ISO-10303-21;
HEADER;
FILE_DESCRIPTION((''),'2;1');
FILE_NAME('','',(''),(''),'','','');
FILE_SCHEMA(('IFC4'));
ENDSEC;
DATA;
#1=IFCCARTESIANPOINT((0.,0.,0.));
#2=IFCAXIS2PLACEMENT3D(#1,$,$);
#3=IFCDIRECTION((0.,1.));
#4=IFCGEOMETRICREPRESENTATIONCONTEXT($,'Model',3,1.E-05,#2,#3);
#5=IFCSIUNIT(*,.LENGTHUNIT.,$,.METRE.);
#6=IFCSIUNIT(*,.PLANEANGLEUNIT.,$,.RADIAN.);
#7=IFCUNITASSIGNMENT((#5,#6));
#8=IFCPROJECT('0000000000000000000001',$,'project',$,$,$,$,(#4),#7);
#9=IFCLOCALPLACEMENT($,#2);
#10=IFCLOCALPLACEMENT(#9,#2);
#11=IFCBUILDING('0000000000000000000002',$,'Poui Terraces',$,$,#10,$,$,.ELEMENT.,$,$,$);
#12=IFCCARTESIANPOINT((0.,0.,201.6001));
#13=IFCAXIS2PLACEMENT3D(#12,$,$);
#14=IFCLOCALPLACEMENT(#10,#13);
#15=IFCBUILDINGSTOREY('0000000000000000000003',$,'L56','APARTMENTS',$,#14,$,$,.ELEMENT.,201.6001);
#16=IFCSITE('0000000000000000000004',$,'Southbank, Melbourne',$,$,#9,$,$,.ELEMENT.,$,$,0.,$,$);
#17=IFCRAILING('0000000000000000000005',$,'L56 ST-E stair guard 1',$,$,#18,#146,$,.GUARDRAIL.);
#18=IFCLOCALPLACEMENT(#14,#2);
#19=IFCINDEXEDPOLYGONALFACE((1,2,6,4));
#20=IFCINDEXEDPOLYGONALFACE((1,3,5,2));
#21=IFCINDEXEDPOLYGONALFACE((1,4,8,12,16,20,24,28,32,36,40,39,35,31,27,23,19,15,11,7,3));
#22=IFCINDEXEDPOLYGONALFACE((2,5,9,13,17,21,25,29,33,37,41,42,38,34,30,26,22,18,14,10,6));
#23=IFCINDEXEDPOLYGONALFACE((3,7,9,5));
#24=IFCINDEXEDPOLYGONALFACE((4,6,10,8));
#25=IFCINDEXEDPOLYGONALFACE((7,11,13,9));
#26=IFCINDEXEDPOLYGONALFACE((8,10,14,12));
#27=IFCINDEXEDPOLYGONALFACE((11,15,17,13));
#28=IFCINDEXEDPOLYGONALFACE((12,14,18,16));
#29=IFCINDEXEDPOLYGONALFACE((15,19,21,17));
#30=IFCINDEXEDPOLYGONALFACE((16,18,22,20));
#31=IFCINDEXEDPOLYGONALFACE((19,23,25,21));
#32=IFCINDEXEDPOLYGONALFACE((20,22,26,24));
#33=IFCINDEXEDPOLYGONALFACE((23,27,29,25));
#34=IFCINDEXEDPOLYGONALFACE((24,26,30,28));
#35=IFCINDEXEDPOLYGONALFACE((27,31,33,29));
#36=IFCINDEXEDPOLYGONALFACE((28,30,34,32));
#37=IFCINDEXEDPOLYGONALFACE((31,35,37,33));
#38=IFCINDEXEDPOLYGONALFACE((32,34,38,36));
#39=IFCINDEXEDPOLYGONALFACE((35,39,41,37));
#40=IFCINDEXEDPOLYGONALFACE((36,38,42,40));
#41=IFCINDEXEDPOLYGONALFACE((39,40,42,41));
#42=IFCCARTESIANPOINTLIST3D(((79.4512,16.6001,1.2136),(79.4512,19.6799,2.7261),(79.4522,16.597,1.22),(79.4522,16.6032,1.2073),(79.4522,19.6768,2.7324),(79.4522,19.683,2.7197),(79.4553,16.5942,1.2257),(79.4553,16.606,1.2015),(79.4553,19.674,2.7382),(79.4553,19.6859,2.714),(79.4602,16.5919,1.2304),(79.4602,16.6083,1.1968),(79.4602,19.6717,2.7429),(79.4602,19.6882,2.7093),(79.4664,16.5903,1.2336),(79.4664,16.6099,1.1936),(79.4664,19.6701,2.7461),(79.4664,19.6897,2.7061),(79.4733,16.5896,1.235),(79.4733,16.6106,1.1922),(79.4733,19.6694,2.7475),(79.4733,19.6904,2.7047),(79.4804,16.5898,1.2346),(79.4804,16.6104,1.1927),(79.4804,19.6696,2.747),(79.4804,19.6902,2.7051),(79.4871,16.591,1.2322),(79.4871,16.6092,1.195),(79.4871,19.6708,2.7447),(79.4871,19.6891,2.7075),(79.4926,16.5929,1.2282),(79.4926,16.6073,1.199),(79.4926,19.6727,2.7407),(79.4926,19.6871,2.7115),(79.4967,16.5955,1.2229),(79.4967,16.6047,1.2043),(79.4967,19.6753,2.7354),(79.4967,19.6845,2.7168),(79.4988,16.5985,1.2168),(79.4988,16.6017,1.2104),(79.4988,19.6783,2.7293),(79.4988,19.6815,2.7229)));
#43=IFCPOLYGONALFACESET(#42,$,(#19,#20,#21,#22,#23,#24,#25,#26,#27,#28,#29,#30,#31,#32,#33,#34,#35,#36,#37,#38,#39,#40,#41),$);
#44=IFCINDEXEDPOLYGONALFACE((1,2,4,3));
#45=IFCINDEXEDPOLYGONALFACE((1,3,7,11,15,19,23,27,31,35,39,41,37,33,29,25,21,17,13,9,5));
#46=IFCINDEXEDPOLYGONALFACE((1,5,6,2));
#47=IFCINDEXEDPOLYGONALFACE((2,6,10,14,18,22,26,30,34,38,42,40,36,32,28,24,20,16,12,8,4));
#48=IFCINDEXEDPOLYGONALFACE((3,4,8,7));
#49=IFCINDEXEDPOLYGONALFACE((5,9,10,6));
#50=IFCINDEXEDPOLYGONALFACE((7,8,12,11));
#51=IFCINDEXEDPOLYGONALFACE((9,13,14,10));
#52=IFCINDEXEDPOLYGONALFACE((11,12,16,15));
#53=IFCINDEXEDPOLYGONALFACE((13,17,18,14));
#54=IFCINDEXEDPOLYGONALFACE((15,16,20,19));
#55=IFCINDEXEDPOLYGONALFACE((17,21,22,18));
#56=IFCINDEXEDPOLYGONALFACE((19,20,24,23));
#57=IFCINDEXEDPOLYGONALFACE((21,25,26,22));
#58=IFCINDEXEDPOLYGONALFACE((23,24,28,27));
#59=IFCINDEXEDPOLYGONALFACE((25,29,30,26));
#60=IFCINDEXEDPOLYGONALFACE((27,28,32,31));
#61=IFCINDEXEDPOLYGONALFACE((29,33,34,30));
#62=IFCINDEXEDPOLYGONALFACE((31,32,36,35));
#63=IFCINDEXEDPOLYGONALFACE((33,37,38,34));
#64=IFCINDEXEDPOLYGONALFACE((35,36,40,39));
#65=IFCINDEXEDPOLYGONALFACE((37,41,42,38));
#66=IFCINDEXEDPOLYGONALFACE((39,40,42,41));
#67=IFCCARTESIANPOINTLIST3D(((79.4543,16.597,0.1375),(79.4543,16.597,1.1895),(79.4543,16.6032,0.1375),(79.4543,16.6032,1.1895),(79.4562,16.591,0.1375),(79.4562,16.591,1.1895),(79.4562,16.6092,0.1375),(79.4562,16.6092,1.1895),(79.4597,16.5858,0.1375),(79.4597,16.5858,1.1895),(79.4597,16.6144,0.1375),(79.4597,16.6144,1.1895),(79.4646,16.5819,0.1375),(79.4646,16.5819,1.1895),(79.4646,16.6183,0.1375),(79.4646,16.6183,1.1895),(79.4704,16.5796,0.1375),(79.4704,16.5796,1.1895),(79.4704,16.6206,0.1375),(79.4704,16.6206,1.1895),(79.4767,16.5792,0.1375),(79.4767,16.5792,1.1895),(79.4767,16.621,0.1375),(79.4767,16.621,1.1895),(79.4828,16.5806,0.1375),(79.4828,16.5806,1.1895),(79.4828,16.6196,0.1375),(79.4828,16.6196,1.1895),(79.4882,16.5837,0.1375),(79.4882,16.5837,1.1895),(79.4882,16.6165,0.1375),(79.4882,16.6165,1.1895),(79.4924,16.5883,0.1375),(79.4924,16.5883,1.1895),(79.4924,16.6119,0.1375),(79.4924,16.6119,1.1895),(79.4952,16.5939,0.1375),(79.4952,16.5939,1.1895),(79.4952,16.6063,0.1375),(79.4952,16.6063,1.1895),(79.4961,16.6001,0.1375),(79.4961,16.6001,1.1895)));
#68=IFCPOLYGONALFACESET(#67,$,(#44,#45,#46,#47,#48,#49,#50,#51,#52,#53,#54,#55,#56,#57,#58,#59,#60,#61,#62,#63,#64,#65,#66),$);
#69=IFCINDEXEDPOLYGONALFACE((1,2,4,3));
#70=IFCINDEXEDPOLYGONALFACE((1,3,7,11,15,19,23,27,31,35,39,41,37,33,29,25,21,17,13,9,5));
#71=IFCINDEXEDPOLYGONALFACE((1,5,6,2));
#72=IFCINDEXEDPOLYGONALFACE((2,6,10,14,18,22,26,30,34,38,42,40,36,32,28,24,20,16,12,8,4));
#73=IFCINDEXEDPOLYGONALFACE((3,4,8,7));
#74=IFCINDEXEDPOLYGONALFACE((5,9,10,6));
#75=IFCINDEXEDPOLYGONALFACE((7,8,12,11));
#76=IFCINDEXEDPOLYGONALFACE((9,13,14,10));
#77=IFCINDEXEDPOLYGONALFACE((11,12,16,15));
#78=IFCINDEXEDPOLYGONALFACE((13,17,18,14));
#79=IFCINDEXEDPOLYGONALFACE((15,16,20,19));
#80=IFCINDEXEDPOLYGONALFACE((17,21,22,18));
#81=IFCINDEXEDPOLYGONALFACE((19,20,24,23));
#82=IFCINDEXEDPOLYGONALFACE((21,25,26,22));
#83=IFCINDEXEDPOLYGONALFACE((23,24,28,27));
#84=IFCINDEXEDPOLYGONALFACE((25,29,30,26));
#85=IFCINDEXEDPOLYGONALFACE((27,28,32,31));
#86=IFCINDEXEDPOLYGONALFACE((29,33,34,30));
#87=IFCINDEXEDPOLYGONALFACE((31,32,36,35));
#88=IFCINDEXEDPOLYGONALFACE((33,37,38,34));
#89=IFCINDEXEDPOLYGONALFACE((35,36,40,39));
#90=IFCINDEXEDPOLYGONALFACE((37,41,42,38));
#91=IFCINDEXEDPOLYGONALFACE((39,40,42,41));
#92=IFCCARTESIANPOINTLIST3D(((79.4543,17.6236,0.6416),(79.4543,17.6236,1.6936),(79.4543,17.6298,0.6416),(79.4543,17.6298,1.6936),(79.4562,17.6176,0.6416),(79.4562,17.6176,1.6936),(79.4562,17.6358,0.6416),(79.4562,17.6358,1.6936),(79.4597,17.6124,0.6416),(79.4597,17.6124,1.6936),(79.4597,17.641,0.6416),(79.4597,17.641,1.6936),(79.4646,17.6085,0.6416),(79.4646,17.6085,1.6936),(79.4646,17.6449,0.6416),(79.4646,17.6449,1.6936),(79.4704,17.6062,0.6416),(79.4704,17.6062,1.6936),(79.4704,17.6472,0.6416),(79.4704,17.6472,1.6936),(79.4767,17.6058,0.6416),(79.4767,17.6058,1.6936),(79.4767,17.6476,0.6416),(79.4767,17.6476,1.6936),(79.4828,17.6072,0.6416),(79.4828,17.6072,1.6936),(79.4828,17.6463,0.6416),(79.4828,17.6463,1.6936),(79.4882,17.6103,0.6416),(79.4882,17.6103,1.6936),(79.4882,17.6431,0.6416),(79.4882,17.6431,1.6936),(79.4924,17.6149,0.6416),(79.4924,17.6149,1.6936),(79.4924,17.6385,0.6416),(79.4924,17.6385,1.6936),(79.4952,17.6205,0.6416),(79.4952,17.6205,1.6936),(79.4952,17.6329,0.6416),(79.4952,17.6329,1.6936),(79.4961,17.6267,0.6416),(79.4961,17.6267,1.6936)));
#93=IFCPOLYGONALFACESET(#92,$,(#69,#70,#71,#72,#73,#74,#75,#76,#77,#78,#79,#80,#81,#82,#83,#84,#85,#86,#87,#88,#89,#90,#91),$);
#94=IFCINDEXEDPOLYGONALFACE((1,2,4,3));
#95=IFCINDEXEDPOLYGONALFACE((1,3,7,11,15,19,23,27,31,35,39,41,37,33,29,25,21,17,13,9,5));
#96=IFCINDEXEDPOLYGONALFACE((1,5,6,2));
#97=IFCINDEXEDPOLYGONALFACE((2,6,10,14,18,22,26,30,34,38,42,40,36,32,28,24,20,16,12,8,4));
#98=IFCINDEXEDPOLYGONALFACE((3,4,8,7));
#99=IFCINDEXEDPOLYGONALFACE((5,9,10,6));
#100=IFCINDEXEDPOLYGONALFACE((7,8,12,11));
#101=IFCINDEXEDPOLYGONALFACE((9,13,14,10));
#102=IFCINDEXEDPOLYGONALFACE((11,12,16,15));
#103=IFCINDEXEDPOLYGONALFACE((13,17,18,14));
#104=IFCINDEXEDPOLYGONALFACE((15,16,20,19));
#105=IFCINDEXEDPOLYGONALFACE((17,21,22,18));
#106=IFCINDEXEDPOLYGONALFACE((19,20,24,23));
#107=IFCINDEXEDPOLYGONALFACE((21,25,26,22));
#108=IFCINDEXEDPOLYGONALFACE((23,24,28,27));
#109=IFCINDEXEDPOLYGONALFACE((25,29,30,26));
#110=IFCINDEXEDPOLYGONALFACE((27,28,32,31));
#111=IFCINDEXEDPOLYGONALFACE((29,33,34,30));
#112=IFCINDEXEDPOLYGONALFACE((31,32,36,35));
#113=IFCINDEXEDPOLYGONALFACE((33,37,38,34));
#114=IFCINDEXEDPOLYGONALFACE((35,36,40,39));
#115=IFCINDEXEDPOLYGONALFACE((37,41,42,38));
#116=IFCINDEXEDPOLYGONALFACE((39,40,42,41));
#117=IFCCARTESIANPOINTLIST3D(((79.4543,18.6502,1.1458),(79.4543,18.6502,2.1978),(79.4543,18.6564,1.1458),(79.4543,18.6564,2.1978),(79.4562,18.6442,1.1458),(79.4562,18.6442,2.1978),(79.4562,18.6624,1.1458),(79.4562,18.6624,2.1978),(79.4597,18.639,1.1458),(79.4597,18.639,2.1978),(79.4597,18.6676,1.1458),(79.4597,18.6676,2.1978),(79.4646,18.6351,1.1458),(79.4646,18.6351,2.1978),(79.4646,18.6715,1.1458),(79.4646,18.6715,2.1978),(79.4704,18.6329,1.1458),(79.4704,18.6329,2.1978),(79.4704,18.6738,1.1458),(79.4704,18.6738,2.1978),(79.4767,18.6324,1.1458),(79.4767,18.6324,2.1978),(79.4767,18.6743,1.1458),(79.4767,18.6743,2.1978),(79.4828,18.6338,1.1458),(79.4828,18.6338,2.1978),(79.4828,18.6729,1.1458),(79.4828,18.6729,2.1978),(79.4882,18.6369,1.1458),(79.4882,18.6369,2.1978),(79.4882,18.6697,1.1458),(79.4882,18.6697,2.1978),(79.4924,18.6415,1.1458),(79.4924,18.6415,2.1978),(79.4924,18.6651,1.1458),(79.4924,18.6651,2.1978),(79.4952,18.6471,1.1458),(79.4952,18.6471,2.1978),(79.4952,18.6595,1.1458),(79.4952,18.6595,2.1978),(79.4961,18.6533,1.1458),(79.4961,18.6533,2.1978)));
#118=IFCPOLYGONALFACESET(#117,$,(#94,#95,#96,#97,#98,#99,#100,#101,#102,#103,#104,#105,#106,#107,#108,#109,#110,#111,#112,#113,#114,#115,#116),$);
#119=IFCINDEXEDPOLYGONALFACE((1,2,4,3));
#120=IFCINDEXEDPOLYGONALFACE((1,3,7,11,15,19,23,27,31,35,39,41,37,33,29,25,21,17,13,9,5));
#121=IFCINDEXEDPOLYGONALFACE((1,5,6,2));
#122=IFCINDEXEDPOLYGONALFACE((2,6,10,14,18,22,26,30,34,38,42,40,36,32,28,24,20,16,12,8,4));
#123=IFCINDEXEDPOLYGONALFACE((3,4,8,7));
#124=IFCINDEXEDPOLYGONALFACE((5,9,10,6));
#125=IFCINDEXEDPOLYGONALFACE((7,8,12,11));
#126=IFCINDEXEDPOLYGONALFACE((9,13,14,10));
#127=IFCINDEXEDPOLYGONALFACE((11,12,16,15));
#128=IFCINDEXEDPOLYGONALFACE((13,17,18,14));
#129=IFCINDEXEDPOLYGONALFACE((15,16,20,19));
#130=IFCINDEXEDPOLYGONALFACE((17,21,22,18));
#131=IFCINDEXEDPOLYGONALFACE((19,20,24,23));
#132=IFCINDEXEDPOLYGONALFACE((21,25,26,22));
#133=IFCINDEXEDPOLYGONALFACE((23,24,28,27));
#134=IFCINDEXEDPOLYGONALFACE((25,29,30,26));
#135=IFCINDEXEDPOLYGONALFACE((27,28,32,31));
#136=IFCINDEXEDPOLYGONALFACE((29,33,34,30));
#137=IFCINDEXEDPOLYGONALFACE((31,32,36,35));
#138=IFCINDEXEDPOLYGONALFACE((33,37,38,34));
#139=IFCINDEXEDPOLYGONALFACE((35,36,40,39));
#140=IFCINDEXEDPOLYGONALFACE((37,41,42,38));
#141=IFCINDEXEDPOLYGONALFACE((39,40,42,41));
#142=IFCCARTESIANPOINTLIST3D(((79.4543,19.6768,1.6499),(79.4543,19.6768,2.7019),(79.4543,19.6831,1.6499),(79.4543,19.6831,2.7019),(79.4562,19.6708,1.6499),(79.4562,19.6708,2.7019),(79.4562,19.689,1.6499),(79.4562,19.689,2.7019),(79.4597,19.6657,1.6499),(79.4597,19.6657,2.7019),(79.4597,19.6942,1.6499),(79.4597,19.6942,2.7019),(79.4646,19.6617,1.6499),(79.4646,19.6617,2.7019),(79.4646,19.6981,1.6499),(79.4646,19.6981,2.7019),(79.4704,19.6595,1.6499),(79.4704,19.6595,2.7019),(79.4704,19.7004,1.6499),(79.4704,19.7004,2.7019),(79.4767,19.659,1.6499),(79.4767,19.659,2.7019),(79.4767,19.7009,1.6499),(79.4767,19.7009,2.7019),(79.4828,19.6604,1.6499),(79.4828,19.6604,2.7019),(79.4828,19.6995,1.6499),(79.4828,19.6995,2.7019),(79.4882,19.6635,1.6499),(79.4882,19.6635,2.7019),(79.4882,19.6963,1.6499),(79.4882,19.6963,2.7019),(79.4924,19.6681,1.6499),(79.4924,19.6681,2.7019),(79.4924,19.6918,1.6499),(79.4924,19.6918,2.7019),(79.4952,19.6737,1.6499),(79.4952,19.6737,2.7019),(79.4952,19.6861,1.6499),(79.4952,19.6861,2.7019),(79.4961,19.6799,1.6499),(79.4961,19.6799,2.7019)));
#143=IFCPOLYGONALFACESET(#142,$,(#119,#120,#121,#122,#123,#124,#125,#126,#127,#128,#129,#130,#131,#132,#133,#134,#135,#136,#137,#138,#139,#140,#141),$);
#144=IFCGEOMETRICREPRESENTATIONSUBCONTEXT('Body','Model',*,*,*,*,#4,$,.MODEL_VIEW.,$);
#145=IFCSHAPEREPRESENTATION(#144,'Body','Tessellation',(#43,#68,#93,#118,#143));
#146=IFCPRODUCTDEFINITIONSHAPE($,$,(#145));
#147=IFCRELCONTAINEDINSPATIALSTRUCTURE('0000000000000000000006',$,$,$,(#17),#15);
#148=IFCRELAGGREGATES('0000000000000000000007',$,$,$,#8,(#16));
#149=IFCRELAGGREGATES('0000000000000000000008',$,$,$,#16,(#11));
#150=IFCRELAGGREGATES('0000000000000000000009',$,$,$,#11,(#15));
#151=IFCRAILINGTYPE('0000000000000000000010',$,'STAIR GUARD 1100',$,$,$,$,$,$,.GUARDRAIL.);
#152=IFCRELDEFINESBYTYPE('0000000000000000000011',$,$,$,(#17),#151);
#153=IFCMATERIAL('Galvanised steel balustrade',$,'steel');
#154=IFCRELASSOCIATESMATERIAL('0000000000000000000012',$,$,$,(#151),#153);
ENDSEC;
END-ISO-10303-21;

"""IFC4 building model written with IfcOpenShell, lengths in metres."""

from ifc_helpers import new_model, si_unit, direction, frame, origin, origin_2d, place, context, subcontext, project, spatial, circle, extrude, material, type_object, element, save


model = new_model("IFC4")

# Units and contexts
model_context = context("Model", 3, precision=1e-05, world=origin(), true_north=direction((0.0, 1.0)))
body_context = subcontext(model_context, "Body", "Model", "MODEL_VIEW")
ifc_project = project(units=[si_unit("LENGTHUNIT", "METRE"), si_unit("PLANEANGLEUNIT", "RADIAN")], contexts=[model_context])

# Site, building, storey
site_placement = place(None, origin())
site = spatial("IfcSite", under=ifc_project, at=site_placement, Name="Southbank, Melbourne", CompositionType="ELEMENT", RefElevation=0.0)
building_placement = place(site_placement, origin())
building = spatial("IfcBuilding", under=site, at=building_placement, Name="Poui Terraces", CompositionType="ELEMENT")
storey_placement = place(building_placement, frame((0.0, 0.0, 201.6001)))
storey = spatial("IfcBuildingStorey", under=building, at=storey_placement, Name="L56", Description="APARTMENTS", CompositionType="ELEMENT", Elevation=201.6001)

# Railing
ifc_material_1 = material(Name="Galvanised steel balustrade", Category="steel")
railing_type_1 = type_object("IfcRailingType", Name="STAIR GUARD 1100", PredefinedType="GUARDRAIL", material=ifc_material_1)
railing_1_placement = place(storey_placement, frame((79.4751, 16.6001, 0.1375)))
element("IfcRailing", 1, at=railing_1_placement, inside=storey, type_object=railing_type_1, Name="L56 ST-E stair guard 1", PredefinedType="GUARDRAIL", context=body_context, shape_type="SweptSolid", body=[
    extrude(circle(Radius=0.0239, at=origin_2d()), frame((0.0, 0.0, 1.0762), z_axis=(0.0, 0.897606, 0.440798), x_axis=(-1.0, 0.0, 0.0)), (0.0, 0.0, 1.0), 3.4312),
    extrude(circle(Radius=0.021, at=origin_2d()), origin(), (0.0, 0.0, 1.0), 1.052),
    extrude(circle(Radius=0.021, at=origin_2d()), frame((0.0, 1.0266, 0.5042)), (0.0, 0.0, 1.0), 1.052),
    extrude(circle(Radius=0.021, at=origin_2d()), frame((0.0, 2.0532, 1.0083)), (0.0, 0.0, 1.0), 1.052),
    extrude(circle(Radius=0.021, at=origin_2d()), frame((0.0, 3.0798, 1.5125)), (0.0, 0.0, 1.0), 1.052),
])

save(model, "model.ifc")
